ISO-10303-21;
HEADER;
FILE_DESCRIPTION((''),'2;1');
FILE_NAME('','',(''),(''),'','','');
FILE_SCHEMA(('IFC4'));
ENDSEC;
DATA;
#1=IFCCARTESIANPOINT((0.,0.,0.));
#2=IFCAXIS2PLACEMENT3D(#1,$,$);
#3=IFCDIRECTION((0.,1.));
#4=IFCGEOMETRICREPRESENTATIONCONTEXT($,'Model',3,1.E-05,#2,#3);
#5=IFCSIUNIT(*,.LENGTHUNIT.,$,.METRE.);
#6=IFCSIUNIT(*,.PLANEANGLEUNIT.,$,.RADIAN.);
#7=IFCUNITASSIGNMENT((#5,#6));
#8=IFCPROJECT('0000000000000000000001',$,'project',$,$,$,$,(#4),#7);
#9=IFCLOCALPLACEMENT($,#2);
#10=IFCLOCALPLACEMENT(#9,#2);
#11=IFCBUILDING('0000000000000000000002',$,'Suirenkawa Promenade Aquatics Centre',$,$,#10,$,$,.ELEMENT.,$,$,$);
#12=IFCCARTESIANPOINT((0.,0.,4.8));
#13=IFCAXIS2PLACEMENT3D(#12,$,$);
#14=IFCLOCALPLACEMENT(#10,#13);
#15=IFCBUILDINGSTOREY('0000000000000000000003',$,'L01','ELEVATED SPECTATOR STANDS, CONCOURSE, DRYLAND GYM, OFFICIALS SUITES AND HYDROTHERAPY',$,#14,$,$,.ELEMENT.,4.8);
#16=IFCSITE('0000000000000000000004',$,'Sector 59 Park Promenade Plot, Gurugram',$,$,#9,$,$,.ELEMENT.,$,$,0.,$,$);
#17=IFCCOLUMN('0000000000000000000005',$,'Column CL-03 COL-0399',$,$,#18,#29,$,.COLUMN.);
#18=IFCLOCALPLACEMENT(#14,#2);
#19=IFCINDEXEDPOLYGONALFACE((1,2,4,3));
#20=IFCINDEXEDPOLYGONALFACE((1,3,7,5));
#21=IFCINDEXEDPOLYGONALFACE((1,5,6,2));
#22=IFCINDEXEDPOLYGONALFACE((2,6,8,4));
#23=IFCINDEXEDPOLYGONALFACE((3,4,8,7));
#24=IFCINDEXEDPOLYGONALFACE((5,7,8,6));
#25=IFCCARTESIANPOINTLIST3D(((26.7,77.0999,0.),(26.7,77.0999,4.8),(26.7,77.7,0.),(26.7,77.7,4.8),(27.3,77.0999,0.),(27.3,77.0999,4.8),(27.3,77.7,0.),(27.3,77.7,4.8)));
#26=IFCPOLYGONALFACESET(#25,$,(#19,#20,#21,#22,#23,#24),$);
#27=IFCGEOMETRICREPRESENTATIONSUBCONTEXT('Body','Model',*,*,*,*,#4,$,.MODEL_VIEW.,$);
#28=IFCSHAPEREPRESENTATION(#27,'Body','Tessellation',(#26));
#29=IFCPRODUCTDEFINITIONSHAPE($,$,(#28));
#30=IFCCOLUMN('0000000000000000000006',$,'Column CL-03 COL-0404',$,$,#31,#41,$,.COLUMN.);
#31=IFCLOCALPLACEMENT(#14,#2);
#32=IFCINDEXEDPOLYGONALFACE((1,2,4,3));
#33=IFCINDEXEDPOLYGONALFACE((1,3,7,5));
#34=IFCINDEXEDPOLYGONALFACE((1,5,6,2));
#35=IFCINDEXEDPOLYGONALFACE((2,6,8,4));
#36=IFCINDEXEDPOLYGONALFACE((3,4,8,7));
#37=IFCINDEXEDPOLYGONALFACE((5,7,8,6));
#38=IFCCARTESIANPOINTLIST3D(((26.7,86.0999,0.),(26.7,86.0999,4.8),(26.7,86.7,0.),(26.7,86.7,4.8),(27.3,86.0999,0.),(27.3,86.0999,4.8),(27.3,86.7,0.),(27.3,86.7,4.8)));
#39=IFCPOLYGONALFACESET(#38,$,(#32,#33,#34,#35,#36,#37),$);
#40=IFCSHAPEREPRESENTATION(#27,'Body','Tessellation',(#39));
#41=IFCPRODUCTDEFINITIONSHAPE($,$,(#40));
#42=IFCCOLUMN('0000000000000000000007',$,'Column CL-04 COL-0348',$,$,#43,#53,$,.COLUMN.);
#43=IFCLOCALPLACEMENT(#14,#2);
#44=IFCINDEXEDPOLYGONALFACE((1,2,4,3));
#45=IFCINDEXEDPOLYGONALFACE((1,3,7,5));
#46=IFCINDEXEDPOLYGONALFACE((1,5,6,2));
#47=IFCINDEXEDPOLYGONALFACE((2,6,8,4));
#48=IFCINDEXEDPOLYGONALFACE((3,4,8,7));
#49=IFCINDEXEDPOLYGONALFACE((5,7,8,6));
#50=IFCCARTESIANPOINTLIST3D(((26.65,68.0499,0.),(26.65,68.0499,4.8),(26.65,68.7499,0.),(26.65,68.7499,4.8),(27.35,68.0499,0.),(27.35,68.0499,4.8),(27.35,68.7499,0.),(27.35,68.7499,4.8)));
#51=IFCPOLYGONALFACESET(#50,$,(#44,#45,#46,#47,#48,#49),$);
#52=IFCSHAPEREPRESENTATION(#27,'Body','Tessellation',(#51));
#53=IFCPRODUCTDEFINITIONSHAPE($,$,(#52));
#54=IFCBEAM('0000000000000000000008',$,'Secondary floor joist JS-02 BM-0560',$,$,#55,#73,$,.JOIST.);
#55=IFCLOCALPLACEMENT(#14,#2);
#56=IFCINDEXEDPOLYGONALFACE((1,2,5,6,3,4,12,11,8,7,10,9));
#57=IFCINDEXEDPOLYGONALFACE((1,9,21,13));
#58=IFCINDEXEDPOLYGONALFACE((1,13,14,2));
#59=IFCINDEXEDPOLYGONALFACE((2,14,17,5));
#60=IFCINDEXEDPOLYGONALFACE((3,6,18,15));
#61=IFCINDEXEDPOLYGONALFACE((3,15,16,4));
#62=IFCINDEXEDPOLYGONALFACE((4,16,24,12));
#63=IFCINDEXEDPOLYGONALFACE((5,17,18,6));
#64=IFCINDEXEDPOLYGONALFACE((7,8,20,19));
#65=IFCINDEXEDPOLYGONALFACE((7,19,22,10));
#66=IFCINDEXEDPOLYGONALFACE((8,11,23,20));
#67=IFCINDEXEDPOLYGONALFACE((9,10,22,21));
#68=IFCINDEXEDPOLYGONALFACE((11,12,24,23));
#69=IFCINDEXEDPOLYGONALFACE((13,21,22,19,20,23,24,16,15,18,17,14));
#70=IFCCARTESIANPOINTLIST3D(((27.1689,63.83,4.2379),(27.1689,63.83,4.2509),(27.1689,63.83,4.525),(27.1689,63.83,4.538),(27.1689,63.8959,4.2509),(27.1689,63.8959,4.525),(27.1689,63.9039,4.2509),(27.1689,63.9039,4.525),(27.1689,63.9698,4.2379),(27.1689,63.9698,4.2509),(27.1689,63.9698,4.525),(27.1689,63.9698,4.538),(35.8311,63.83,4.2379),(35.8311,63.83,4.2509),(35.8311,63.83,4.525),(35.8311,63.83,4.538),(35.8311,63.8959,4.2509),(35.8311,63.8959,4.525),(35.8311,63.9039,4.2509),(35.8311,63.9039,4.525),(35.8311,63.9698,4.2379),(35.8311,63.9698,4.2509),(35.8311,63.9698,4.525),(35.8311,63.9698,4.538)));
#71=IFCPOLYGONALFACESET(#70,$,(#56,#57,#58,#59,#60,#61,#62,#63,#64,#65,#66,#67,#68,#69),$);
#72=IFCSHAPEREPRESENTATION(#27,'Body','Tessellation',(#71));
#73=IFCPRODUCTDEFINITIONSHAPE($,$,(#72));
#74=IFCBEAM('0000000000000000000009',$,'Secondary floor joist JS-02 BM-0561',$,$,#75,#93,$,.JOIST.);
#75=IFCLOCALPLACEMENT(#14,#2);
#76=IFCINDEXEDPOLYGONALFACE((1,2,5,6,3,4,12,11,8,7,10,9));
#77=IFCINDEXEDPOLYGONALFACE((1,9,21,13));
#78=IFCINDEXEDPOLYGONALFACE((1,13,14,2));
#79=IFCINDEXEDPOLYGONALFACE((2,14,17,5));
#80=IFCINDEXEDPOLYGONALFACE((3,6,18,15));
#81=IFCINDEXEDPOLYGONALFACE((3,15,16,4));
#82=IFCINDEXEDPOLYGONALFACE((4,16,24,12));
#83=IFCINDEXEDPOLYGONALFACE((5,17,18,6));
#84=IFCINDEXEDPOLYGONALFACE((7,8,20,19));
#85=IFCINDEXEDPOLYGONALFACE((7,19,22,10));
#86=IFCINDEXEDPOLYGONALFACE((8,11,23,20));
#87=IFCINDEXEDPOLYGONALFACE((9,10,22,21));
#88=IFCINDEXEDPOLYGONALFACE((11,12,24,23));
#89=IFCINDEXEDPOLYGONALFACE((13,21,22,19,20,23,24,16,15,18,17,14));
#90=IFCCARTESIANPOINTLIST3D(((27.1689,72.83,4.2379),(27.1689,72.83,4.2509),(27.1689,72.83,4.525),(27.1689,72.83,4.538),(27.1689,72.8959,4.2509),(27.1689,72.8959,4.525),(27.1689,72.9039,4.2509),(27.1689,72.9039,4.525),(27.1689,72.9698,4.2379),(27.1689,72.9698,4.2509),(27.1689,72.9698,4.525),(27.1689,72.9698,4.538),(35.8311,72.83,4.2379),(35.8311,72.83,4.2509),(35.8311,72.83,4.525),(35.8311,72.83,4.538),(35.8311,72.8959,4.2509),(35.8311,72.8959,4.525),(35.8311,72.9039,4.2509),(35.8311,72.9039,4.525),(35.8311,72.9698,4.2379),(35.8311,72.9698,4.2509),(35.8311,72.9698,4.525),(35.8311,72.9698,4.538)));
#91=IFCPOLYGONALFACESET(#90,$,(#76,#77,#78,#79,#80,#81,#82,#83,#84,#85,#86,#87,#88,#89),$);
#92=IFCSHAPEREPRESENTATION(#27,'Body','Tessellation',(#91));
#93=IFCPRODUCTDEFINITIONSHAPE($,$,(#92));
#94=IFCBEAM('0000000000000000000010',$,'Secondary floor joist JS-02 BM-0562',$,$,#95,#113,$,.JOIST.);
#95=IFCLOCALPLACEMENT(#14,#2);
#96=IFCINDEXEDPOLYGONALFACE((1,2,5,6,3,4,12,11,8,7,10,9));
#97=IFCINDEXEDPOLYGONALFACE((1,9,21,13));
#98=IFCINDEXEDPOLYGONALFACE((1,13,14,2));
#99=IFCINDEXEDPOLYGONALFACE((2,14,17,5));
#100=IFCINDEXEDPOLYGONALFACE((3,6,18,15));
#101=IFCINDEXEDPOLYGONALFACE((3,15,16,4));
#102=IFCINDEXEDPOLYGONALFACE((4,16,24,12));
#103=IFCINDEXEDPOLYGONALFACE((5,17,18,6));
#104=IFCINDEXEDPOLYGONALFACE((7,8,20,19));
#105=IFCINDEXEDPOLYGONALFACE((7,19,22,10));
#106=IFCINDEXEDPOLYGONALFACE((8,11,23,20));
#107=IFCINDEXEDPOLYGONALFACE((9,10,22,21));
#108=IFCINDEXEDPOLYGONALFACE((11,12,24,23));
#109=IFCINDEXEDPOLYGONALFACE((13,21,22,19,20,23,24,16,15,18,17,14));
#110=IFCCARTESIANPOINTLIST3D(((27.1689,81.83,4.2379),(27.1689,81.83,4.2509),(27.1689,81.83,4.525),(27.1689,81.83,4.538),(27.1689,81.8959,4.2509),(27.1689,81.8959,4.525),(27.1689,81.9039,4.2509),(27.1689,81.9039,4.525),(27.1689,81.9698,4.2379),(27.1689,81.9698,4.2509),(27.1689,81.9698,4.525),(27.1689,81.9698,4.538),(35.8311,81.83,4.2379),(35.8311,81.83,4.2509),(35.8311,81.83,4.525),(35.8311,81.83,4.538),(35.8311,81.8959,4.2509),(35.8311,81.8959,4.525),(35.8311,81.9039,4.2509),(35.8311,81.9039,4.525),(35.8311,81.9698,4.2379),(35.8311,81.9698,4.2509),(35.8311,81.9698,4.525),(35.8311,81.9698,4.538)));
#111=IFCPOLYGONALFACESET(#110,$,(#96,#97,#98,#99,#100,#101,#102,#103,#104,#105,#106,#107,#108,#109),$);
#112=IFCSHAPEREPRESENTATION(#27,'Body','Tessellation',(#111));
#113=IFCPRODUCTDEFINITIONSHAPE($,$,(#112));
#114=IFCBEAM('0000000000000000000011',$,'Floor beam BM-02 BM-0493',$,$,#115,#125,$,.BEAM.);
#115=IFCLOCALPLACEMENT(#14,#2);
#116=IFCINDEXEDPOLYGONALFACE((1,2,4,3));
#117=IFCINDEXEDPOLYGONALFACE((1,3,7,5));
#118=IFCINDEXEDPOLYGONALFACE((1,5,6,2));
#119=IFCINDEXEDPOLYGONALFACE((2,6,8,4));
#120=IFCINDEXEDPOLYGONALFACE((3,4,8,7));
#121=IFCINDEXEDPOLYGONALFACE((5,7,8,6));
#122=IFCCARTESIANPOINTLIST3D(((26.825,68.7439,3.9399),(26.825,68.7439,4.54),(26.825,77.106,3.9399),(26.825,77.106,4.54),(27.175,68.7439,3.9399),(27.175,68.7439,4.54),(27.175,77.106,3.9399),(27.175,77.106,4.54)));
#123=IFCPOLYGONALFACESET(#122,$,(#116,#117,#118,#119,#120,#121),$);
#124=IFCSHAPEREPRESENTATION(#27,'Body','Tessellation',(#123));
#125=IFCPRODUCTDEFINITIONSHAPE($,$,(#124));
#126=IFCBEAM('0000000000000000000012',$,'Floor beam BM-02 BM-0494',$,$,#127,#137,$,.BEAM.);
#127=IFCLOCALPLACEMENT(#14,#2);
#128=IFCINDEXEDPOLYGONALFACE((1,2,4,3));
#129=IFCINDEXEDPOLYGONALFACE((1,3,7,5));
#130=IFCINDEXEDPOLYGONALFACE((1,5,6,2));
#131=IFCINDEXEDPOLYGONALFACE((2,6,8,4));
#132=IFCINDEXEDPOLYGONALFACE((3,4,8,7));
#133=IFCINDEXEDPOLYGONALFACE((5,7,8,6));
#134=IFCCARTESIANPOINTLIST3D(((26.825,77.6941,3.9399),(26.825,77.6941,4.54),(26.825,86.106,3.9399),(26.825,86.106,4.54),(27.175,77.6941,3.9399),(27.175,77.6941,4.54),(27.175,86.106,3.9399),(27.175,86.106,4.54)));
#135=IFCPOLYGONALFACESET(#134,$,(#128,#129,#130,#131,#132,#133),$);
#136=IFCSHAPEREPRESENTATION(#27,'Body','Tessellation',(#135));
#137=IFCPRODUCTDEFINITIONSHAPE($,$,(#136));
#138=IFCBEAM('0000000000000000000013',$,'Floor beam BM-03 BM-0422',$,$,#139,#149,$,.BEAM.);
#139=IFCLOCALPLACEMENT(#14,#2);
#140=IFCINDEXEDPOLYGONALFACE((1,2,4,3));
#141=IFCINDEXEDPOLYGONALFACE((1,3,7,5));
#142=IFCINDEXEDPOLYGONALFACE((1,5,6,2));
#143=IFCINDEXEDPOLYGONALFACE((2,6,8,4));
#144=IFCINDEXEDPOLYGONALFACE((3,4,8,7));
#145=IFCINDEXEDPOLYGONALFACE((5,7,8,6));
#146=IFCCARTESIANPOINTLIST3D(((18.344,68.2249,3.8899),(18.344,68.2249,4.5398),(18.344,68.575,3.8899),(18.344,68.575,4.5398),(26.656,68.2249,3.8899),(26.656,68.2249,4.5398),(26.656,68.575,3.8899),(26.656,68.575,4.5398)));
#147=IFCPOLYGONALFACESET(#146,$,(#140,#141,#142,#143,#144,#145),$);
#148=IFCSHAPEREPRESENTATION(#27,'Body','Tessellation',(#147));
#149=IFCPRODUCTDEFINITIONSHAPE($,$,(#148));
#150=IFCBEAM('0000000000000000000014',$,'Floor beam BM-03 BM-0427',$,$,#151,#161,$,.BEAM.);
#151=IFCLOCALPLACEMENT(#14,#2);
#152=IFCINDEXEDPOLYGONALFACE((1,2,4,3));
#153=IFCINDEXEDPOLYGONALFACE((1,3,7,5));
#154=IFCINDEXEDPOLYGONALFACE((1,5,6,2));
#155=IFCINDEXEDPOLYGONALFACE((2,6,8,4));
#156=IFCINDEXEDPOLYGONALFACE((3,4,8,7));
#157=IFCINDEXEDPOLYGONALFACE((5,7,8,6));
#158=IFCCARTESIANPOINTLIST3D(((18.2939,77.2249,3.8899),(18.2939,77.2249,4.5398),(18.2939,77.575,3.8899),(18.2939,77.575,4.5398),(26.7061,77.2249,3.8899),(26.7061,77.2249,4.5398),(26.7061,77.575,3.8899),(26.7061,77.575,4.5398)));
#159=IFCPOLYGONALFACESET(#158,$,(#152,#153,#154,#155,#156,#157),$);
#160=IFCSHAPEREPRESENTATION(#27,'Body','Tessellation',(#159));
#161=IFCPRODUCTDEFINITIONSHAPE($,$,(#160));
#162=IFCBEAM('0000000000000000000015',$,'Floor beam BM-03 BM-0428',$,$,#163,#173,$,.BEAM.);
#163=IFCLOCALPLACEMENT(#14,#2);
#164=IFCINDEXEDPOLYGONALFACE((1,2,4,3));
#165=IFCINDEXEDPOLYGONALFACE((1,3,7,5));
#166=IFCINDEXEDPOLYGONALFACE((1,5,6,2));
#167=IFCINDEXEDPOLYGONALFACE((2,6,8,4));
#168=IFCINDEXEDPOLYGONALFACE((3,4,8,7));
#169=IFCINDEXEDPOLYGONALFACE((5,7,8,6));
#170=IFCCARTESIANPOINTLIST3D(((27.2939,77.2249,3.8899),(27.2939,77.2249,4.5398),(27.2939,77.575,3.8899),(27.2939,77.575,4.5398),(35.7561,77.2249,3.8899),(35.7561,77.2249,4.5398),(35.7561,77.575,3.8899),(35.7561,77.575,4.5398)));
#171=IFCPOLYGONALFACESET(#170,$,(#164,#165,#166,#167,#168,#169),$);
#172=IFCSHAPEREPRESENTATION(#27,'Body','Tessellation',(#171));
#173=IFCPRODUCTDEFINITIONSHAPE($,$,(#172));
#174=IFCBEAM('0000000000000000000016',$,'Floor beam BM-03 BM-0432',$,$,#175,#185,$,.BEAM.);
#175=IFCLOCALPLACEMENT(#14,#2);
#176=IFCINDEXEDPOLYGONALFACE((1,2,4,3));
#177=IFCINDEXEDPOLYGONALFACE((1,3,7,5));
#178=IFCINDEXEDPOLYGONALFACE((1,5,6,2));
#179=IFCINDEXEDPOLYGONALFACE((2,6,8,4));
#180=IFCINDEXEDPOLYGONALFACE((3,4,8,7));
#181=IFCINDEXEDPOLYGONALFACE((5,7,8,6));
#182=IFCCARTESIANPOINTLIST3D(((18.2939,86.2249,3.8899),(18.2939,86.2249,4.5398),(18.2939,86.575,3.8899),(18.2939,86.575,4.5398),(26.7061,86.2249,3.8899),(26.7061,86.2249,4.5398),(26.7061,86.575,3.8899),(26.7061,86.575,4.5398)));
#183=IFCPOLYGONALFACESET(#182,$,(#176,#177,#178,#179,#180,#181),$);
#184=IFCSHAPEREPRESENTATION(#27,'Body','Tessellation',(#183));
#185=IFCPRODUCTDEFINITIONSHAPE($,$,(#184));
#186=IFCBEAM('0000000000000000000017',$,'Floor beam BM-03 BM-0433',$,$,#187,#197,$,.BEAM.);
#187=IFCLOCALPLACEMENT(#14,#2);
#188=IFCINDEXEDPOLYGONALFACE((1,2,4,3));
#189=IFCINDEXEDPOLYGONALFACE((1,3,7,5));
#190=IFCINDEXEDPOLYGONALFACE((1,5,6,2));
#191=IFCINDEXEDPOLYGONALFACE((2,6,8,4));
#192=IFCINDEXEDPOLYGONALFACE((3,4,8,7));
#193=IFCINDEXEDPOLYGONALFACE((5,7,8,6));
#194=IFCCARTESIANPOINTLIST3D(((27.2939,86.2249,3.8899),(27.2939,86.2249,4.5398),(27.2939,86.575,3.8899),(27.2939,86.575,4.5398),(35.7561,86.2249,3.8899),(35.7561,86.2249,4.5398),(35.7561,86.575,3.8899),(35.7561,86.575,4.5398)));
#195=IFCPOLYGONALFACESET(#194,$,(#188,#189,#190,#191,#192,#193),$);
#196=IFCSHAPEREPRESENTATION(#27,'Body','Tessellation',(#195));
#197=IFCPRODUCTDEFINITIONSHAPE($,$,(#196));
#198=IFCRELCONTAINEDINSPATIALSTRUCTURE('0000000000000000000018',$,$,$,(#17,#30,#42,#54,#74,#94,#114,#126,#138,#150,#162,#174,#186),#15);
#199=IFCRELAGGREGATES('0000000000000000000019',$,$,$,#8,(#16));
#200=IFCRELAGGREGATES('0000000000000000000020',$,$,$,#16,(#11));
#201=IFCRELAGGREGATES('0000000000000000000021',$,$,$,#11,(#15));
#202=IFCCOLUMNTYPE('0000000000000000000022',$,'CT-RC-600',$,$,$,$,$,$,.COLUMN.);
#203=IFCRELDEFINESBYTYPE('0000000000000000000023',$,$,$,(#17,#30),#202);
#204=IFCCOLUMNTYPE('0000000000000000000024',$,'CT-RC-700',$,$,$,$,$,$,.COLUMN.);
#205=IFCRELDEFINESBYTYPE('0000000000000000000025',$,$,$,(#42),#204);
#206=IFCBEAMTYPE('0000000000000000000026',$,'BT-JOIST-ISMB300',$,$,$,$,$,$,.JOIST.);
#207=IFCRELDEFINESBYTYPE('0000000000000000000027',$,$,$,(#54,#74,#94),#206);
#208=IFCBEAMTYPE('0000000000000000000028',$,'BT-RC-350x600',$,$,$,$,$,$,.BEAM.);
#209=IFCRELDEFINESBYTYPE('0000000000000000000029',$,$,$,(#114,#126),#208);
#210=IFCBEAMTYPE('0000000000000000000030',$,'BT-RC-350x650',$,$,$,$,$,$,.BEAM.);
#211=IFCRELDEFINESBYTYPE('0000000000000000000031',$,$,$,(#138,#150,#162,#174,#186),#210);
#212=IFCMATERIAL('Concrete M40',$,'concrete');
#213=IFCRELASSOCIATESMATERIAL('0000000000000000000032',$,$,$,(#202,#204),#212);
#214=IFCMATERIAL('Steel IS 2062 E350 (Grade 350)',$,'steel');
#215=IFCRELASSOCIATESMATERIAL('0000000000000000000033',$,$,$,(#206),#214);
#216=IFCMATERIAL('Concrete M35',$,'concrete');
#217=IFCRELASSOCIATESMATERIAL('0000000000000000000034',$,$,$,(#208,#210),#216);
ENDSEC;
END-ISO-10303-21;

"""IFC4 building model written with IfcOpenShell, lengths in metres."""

from ifc_helpers import new_model, si_unit, direction, frame, origin, origin_2d, place, context, subcontext, project, spatial, rectangle, i_section, extrude, material, material_profile, profile_set, type_object, element, save


model = new_model("IFC4")

# Units and contexts
model_context = context("Model", 3, precision=1e-05, world=origin(), true_north=direction((0.0, 1.0)))
body_context = subcontext(model_context, "Body", "Model", "MODEL_VIEW")
ifc_project = project(units=[si_unit("LENGTHUNIT", "METRE"), si_unit("PLANEANGLEUNIT", "RADIAN")], contexts=[model_context])

# Site, building, storey
site_placement = place(None, origin())
site = spatial("IfcSite", under=ifc_project, at=site_placement, Name="Sector 59 Park Promenade Plot, Gurugram", CompositionType="ELEMENT", RefElevation=0.0)
building_placement = place(site_placement, origin())
building = spatial("IfcBuilding", under=site, at=building_placement, Name="Suirenkawa Promenade Aquatics Centre", CompositionType="ELEMENT")
storey_placement = place(building_placement, frame((0.0, 0.0, 4.8)))
storey = spatial("IfcBuildingStorey", under=building, at=storey_placement, Name="L01", Description="ELEVATED SPECTATOR STANDS, CONCOURSE, DRYLAND GYM, OFFICIALS SUITES AND HYDROTHERAPY", CompositionType="ELEMENT", Elevation=4.8)

# Columns
ifc_material_1 = material(Name="Concrete M40", Category="concrete")
ifc_material_profile_1 = material_profile(ifc_material_1, rectangle(XDim=0.6001, YDim=0.6001, at=origin_2d()), Name="RC COL 600x600", Category="concrete")
ifc_profile_set_1 = profile_set([ifc_material_profile_1], Name="Concrete M40")
column_type_1 = type_object("IfcColumnType", Name="CT-RC-600", PredefinedType="COLUMN", material=ifc_profile_set_1)
for number, where, z_axis, x_axis, name in (
    (1, (27.0, 77.3999, 0.0), (0.0, 0.0, 1.0), (1.0, 0.0, 0.0), "Column CL-03 COL-0399"),
    (2, (27.0, 86.3999, 0.0), (0.0, 0.0, 1.0), (1.0, 0.0, 0.0), "Column CL-03 COL-0404"),
):
    element("IfcColumn", number, at=place(storey_placement, frame(where, z_axis=z_axis, x_axis=x_axis)), inside=storey, type_object=column_type_1, Name=name, PredefinedType="COLUMN", context=body_context, shape_type="SweptSolid", body=[
        extrude(rectangle(XDim=0.6001, YDim=0.6001, at=origin_2d()), origin(), (0.0, 0.0, 1.0), 4.8),
    ])
ifc_material_profile_2 = material_profile(ifc_material_1, rectangle(XDim=0.7, YDim=0.7, at=origin_2d()), Name="RC COL 700x700", Category="concrete")
ifc_profile_set_2 = profile_set([ifc_material_profile_2], Name="Concrete M40")
column_type_2 = type_object("IfcColumnType", Name="CT-RC-700", PredefinedType="COLUMN", material=ifc_profile_set_2)
column_placement = place(storey_placement, frame((27.0, 68.3999, 0.0), z_axis=(0.0, 0.0, 1.0), x_axis=(1.0, 0.0, 0.0)))
element("IfcColumn", 3, at=column_placement, inside=storey, type_object=column_type_2, Name="Column CL-04 COL-0348", PredefinedType="COLUMN", context=body_context, shape_type="SweptSolid", body=[
    extrude(rectangle(XDim=0.7, YDim=0.7, at=origin_2d()), origin(), (0.0, 0.0, 1.0), 4.8),
])

# Beams
ifc_material_2 = material(Name="Steel IS 2062 E350 (Grade 350)", Category="steel")
ifc_material_profile_3 = material_profile(ifc_material_2, i_section(OverallWidth=0.1399, OverallDepth=0.3, WebThickness=0.0081, FlangeThickness=0.0129, at=origin_2d()), Name="ISMB 300", Category="steel")
ifc_profile_set_3 = profile_set([ifc_material_profile_3], Name="Steel IS 2062 E350 (Grade 350)")
beam_type_1 = type_object("IfcBeamType", Name="BT-JOIST-ISMB300", PredefinedType="JOIST", material=ifc_profile_set_3)
for number, where, z_axis, x_axis, name in (
    (4, (27.1689, 63.8999, 4.3879), (1.0, 0.0, 0.0), (0.0, 1.0, 0.0), "Secondary floor joist JS-02 BM-0560"),
    (5, (27.1689, 72.8999, 4.3879), (1.0, 0.0, 0.0), (0.0, 1.0, 0.0), "Secondary floor joist JS-02 BM-0561"),
    (6, (27.1689, 81.8999, 4.3879), (1.0, 0.0, 0.0), (0.0, 1.0, 0.0), "Secondary floor joist JS-02 BM-0562"),
):
    element("IfcBeam", number, at=place(storey_placement, frame(where, z_axis=z_axis, x_axis=x_axis)), inside=storey, type_object=beam_type_1, Name=name, PredefinedType="JOIST", context=body_context, shape_type="SweptSolid", body=[
        extrude(i_section(OverallWidth=0.1399, OverallDepth=0.3, WebThickness=0.0081, FlangeThickness=0.0129, at=origin_2d()), origin(), (0.0, 0.0, 1.0), 8.6621),
    ])
ifc_material_3 = material(Name="Concrete M35", Category="concrete")
ifc_material_profile_4 = material_profile(ifc_material_3, rectangle(XDim=0.3501, YDim=0.6001, at=origin_2d()), Name="RC BM 350x600", Category="concrete")
ifc_profile_set_4 = profile_set([ifc_material_profile_4], Name="Concrete M35")
beam_type_2 = type_object("IfcBeamType", Name="BT-RC-350x600", PredefinedType="BEAM", material=ifc_profile_set_4)
beam_1_placement = place(storey_placement, frame((27.0, 68.7439, 4.24), z_axis=(0.0, 1.0, 0.0), x_axis=(-1.0, 0.0, 0.0)))
element("IfcBeam", 7, at=beam_1_placement, inside=storey, type_object=beam_type_2, Name="Floor beam BM-02 BM-0493", PredefinedType="BEAM", context=body_context, shape_type="SweptSolid", body=[
    extrude(rectangle(XDim=0.3501, YDim=0.6001, at=origin_2d()), origin(), (0.0, 0.0, 1.0), 8.3621),
])
beam_2_placement = place(storey_placement, frame((27.0, 77.6941, 4.24), z_axis=(0.0, 1.0, 0.0), x_axis=(-1.0, 0.0, 0.0)))
element("IfcBeam", 8, at=beam_2_placement, inside=storey, type_object=beam_type_2, Name="Floor beam BM-02 BM-0494", PredefinedType="BEAM", context=body_context, shape_type="SweptSolid", body=[
    extrude(rectangle(XDim=0.3501, YDim=0.6001, at=origin_2d()), origin(), (0.0, 0.0, 1.0), 8.4119),
])
ifc_material_profile_5 = material_profile(ifc_material_3, rectangle(XDim=0.3501, YDim=0.6499, at=origin_2d()), Name="RC BM 350x650", Category="concrete")
ifc_profile_set_5 = profile_set([ifc_material_profile_5], Name="Concrete M35")
beam_type_3 = type_object("IfcBeamType", Name="BT-RC-350x650", PredefinedType="BEAM", material=ifc_profile_set_5)
beam_3_placement = place(storey_placement, frame((18.344, 68.3999, 4.2148), z_axis=(1.0, 0.0, 0.0), x_axis=(0.0, 1.0, 0.0)))
element("IfcBeam", 9, at=beam_3_placement, inside=storey, type_object=beam_type_3, Name="Floor beam BM-03 BM-0422", PredefinedType="BEAM", context=body_context, shape_type="SweptSolid", body=[
    extrude(rectangle(XDim=0.3501, YDim=0.6499, at=origin_2d()), origin(), (0.0, 0.0, 1.0), 8.312),
])
beam_4_placement = place(storey_placement, frame((18.2939, 77.3999, 4.2148), z_axis=(1.0, 0.0, 0.0), x_axis=(0.0, 1.0, 0.0)))
element("IfcBeam", 10, at=beam_4_placement, inside=storey, type_object=beam_type_3, Name="Floor beam BM-03 BM-0427", PredefinedType="BEAM", context=body_context, shape_type="SweptSolid", body=[
    extrude(rectangle(XDim=0.3501, YDim=0.6499, at=origin_2d()), origin(), (0.0, 0.0, 1.0), 8.4121),
])
beam_5_placement = place(storey_placement, frame((27.2939, 77.3999, 4.2148), z_axis=(1.0, 0.0, 0.0), x_axis=(0.0, 1.0, 0.0)))
element("IfcBeam", 11, at=beam_5_placement, inside=storey, type_object=beam_type_3, Name="Floor beam BM-03 BM-0428", PredefinedType="BEAM", context=body_context, shape_type="SweptSolid", body=[
    extrude(rectangle(XDim=0.3501, YDim=0.6499, at=origin_2d()), origin(), (0.0, 0.0, 1.0), 8.4622),
])
beam_6_placement = place(storey_placement, frame((18.2939, 86.3999, 4.2148), z_axis=(1.0, 0.0, 0.0), x_axis=(0.0, 1.0, 0.0)))
element("IfcBeam", 12, at=beam_6_placement, inside=storey, type_object=beam_type_3, Name="Floor beam BM-03 BM-0432", PredefinedType="BEAM", context=body_context, shape_type="SweptSolid", body=[
    extrude(rectangle(XDim=0.3501, YDim=0.6499, at=origin_2d()), origin(), (0.0, 0.0, 1.0), 8.4121),
])
beam_7_placement = place(storey_placement, frame((27.2939, 86.3999, 4.2148), z_axis=(1.0, 0.0, 0.0), x_axis=(0.0, 1.0, 0.0)))
element("IfcBeam", 13, at=beam_7_placement, inside=storey, type_object=beam_type_3, Name="Floor beam BM-03 BM-0433", PredefinedType="BEAM", context=body_context, shape_type="SweptSolid", body=[
    extrude(rectangle(XDim=0.3501, YDim=0.6499, at=origin_2d()), origin(), (0.0, 0.0, 1.0), 8.4622),
])

save(model, "model.ifc")
